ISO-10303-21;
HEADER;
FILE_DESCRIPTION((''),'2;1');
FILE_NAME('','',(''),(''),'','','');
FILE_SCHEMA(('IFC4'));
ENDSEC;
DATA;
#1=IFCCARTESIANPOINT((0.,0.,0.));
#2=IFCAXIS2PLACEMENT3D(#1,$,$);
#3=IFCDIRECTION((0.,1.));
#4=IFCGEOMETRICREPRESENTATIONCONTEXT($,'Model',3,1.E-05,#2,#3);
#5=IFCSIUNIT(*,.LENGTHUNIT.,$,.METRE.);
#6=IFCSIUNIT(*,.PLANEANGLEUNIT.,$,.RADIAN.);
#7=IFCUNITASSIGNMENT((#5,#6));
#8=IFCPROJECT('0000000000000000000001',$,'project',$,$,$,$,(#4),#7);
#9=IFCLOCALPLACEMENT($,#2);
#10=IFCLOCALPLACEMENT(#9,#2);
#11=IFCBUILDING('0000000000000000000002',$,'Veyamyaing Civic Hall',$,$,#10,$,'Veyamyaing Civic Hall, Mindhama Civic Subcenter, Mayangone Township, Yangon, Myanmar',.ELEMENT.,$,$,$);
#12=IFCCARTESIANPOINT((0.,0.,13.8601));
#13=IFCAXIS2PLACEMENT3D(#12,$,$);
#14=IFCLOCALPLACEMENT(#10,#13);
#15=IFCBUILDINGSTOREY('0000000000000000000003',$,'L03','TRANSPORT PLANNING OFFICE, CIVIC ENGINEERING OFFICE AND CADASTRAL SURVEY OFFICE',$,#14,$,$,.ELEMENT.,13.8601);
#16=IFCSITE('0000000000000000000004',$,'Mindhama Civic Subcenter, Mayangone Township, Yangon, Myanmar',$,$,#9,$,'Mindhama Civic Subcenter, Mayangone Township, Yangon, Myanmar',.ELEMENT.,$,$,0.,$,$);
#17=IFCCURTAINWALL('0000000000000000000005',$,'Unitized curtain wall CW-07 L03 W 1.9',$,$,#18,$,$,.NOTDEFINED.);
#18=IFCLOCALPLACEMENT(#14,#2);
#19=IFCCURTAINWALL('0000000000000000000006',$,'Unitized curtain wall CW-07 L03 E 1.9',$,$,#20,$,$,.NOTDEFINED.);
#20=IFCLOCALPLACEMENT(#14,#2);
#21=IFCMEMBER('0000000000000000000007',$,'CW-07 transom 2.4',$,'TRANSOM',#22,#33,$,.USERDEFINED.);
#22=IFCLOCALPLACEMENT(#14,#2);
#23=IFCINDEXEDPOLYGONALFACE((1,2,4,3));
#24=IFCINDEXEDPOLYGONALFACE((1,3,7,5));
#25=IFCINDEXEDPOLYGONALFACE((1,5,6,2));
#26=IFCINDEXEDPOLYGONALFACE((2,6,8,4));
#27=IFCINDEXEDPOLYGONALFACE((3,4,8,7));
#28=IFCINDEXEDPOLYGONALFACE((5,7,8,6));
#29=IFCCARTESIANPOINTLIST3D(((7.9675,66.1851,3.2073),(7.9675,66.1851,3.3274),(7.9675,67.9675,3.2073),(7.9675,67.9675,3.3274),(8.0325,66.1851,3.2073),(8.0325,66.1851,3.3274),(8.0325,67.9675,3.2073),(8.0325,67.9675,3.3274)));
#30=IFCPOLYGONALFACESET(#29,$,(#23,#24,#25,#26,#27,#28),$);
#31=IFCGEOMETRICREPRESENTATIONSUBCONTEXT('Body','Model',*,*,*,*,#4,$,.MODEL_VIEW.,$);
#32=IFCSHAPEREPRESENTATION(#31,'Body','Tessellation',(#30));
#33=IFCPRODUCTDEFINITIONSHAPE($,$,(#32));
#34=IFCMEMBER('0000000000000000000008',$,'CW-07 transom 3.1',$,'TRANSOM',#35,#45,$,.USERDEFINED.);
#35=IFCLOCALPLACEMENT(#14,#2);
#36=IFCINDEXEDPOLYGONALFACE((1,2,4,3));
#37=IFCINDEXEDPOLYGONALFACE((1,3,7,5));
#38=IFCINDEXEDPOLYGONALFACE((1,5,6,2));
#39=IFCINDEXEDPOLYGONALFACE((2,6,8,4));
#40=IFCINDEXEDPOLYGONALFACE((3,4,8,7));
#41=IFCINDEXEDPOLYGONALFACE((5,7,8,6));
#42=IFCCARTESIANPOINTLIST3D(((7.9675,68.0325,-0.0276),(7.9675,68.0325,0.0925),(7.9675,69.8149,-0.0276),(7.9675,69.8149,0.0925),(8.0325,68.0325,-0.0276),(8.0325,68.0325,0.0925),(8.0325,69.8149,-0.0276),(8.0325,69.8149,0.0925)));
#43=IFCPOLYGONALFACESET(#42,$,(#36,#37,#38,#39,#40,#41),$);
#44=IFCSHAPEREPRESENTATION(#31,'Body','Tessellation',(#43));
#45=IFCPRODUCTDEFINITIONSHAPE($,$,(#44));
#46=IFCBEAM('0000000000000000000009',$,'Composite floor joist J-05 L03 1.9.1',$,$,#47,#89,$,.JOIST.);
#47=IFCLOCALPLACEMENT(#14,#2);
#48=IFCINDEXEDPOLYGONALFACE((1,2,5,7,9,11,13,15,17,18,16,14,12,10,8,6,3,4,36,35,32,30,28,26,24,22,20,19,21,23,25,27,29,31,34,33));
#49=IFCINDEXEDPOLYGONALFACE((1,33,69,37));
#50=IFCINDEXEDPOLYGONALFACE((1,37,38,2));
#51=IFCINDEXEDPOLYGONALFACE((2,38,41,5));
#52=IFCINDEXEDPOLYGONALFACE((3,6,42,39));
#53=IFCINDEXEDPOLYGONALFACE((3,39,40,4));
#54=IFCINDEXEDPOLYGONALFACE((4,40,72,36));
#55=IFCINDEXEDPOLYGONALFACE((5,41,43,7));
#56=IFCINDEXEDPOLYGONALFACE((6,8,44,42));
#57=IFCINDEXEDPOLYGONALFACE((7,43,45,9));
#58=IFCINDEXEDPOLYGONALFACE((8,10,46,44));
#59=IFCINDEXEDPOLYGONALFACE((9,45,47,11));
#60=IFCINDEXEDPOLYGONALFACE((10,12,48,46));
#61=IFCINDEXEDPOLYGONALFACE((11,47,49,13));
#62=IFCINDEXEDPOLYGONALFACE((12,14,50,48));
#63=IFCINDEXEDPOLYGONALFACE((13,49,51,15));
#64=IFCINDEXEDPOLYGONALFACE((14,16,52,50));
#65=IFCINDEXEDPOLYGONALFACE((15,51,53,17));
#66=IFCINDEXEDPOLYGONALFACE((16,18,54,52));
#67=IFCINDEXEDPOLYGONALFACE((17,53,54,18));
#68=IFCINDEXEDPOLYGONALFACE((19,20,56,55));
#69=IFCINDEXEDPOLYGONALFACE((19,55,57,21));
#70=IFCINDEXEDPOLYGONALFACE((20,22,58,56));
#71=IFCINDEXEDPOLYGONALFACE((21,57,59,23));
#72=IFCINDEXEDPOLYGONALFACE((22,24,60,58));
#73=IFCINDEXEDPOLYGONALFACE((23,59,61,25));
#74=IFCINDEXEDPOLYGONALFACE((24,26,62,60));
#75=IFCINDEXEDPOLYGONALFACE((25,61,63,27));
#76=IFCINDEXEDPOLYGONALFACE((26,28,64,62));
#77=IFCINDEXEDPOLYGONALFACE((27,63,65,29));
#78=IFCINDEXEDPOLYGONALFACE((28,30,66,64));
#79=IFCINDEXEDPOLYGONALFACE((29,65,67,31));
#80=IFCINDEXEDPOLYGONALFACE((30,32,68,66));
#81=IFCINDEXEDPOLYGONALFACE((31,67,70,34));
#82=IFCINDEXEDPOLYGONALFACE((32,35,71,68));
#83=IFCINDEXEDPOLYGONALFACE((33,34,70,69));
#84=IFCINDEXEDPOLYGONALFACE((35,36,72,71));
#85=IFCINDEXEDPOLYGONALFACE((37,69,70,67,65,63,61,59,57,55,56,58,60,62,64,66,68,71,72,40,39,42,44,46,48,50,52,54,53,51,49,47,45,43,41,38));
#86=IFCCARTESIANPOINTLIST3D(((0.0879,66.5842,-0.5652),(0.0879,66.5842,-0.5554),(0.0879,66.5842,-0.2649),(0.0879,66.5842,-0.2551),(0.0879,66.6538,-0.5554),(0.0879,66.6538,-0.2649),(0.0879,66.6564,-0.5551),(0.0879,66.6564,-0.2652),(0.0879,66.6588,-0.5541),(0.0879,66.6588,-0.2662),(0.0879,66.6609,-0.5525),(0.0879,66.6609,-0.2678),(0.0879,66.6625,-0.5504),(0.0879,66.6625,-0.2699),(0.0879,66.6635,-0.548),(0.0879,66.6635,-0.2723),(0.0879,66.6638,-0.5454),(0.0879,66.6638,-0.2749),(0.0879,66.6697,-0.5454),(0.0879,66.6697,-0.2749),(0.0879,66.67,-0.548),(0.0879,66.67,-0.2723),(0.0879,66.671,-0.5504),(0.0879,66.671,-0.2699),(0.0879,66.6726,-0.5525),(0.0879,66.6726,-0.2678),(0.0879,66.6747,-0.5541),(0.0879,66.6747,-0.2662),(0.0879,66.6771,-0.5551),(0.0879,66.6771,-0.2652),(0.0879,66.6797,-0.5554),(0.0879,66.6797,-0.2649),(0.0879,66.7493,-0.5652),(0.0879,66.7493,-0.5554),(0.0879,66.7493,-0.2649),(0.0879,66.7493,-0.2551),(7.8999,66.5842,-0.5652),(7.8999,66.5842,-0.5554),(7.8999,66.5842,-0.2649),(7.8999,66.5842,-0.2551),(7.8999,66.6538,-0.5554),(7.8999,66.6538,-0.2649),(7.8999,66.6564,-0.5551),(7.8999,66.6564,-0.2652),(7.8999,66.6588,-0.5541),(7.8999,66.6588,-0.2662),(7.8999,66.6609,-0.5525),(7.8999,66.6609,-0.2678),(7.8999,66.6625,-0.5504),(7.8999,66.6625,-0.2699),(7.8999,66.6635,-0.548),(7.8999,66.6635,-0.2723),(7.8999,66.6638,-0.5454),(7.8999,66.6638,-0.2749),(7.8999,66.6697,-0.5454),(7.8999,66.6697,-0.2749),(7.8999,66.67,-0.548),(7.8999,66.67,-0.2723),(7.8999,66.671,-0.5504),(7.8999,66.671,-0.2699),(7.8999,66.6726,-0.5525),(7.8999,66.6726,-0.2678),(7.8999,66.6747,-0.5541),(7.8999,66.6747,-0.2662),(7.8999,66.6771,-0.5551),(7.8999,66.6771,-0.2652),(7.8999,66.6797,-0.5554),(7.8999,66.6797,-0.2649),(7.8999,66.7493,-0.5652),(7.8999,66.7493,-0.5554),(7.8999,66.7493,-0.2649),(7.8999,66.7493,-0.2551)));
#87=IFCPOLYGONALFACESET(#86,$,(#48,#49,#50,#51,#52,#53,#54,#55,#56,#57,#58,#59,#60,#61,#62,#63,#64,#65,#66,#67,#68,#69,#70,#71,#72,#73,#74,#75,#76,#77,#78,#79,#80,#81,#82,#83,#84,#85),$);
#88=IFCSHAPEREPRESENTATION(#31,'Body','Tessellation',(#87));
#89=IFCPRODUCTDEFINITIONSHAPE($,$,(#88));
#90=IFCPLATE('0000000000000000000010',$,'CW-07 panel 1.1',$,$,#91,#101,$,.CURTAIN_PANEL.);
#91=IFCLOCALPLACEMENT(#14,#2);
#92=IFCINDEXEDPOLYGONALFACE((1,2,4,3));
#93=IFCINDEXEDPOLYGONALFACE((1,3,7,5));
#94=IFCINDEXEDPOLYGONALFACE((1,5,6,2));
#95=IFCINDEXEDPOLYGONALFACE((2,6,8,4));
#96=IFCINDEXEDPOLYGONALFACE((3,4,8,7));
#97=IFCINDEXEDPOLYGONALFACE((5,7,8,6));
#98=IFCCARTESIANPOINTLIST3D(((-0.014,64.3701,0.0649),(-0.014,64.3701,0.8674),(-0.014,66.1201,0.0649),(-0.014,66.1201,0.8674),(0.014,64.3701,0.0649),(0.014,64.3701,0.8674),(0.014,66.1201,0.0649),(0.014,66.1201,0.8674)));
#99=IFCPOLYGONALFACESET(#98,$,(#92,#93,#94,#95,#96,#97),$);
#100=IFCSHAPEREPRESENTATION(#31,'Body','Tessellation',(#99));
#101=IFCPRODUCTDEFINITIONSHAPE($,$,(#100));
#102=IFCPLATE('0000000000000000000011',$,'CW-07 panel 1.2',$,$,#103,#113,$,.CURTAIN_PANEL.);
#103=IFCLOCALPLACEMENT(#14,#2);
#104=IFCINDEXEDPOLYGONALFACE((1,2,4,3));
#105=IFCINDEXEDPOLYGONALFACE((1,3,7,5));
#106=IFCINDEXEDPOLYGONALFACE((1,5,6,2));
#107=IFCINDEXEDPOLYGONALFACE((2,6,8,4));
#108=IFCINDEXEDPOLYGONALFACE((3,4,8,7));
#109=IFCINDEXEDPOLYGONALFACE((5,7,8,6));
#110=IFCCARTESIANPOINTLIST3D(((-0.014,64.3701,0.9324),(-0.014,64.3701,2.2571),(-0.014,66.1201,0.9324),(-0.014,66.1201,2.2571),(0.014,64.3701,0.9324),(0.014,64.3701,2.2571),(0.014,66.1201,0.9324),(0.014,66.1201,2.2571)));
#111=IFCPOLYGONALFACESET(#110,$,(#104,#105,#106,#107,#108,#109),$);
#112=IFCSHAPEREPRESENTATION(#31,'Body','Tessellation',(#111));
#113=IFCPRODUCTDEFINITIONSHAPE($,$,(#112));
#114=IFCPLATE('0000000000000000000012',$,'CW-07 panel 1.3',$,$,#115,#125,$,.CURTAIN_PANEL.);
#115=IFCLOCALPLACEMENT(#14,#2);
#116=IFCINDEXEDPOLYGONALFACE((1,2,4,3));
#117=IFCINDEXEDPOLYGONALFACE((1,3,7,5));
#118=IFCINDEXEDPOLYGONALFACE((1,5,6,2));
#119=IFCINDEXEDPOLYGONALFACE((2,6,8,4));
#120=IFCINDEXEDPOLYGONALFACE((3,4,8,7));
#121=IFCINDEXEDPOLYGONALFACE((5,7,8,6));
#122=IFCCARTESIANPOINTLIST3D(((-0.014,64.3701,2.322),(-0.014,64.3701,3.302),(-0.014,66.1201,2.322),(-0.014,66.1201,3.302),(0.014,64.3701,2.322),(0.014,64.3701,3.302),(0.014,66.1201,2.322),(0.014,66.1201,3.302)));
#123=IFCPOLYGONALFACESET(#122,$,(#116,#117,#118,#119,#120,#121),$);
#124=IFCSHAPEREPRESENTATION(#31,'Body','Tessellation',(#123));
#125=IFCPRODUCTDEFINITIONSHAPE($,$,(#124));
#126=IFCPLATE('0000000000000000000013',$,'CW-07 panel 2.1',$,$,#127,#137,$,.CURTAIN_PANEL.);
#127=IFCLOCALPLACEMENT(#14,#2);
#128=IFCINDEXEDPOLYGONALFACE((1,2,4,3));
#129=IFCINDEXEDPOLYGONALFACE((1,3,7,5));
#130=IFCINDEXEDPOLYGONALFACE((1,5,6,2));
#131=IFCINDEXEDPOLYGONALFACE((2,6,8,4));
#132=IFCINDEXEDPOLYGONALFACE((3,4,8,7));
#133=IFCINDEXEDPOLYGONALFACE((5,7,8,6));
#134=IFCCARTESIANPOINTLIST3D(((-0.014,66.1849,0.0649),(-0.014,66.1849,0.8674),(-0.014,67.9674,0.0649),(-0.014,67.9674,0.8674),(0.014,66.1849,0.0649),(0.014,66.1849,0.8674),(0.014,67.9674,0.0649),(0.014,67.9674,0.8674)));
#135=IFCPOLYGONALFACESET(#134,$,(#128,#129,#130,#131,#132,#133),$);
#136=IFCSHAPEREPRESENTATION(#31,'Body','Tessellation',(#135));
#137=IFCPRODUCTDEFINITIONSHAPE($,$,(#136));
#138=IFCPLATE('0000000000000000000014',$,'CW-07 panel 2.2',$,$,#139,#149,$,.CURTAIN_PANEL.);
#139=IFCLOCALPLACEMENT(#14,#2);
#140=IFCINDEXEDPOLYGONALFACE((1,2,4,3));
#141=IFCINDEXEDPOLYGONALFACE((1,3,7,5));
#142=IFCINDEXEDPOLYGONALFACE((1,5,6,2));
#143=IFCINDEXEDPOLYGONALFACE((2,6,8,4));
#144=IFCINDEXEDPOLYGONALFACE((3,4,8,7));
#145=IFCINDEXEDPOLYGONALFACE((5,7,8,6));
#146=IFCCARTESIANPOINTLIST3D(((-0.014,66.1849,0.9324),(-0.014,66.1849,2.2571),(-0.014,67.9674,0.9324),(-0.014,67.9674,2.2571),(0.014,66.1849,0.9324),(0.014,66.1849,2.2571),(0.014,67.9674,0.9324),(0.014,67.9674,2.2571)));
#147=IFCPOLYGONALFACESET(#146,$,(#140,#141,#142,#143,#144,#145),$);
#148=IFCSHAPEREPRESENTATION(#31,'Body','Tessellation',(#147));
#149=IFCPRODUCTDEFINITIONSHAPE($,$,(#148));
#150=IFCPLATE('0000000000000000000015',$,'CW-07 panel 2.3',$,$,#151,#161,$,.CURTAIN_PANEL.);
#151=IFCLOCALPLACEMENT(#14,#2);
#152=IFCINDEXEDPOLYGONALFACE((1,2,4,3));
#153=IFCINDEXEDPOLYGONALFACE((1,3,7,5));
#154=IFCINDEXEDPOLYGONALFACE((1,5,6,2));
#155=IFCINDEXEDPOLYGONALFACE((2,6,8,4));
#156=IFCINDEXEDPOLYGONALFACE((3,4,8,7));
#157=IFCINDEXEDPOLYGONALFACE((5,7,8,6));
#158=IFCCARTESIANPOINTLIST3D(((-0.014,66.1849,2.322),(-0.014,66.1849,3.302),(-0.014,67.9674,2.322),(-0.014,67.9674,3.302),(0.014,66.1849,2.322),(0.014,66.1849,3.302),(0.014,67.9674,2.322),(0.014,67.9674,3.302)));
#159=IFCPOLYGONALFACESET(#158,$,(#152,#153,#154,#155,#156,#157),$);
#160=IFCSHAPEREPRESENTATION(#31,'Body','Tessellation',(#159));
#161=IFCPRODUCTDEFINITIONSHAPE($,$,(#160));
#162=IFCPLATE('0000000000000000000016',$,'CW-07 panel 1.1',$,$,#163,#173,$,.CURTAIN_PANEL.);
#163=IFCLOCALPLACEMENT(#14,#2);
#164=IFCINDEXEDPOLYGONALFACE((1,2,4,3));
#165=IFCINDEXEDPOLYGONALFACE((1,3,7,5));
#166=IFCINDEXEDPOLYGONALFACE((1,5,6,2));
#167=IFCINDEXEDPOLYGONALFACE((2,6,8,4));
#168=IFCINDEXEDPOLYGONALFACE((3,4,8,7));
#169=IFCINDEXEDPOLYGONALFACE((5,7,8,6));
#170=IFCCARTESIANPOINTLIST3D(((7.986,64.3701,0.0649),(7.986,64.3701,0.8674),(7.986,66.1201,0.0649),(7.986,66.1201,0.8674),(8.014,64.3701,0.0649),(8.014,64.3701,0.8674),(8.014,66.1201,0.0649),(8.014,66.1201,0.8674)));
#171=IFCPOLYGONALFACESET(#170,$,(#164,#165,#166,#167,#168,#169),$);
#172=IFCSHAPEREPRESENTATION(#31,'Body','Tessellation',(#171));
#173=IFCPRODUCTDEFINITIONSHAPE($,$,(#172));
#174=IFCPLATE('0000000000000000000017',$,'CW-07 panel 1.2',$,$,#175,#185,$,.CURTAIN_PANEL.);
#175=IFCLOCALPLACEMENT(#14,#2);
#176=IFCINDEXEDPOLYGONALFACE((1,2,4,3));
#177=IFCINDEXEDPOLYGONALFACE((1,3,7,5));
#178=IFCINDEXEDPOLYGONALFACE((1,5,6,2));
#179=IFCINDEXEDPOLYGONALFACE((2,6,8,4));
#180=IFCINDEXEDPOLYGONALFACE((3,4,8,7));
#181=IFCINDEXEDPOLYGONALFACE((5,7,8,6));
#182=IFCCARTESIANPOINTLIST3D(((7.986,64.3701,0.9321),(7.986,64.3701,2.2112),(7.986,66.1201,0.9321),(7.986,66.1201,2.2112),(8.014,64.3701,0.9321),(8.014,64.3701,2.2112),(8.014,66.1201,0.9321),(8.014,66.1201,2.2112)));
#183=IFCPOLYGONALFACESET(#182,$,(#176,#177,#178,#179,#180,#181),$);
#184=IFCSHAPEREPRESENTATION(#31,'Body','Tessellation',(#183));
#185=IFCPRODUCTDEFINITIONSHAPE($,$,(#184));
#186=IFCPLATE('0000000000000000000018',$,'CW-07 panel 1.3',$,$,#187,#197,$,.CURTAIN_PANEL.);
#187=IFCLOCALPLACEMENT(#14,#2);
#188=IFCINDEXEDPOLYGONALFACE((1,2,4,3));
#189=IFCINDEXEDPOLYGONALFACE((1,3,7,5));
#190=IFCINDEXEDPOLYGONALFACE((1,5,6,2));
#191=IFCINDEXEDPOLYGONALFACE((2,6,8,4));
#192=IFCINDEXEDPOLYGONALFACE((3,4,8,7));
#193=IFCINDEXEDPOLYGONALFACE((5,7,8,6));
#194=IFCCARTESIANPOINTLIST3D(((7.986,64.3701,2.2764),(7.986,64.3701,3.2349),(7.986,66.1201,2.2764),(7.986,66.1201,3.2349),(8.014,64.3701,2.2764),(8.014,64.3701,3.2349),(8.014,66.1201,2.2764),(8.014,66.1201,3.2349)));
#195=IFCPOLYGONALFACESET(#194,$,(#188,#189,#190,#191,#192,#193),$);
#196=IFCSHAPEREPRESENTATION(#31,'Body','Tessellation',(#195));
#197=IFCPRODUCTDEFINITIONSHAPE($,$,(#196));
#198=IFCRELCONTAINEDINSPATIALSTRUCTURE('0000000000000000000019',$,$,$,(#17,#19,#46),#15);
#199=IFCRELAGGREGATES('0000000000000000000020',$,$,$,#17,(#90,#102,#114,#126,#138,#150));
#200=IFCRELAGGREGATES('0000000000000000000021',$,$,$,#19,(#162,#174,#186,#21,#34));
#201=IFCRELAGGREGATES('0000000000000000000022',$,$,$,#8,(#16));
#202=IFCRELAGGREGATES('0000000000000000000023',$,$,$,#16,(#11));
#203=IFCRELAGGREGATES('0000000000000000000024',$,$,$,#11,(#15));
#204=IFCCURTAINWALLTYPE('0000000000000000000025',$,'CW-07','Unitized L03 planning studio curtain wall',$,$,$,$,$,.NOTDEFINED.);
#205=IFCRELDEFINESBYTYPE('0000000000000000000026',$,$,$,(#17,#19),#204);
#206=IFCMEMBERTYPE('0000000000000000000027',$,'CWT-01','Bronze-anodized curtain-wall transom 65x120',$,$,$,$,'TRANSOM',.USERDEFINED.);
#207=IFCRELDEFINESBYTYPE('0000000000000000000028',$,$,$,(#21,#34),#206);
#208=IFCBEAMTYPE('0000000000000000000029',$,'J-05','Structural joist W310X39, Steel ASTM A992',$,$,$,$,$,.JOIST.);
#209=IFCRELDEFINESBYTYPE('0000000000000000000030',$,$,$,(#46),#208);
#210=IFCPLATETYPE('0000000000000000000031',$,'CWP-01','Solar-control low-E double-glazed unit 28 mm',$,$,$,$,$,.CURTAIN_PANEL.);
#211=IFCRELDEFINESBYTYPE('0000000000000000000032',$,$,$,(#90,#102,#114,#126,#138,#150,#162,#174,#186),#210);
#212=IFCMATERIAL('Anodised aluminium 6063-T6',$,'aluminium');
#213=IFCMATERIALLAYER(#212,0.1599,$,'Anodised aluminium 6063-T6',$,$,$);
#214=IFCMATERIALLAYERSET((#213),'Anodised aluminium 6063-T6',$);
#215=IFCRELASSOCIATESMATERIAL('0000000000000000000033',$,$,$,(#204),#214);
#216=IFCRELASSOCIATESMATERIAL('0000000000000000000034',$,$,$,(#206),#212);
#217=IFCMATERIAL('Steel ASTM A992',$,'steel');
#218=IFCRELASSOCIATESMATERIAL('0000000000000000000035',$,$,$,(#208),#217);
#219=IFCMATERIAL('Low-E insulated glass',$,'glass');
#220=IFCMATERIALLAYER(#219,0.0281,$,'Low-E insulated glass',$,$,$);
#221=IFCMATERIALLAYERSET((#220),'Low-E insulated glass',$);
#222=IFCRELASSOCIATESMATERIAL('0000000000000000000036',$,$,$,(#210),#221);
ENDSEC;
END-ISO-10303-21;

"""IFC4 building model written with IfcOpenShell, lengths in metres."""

from ifc_helpers import new_model, si_unit, direction, frame, origin, origin_2d, place, context, subcontext, project, spatial, rectangle, i_section, extrude, material, layer, layer_set, material_profile, profile_set, type_object, element, aggregate, save


model = new_model("IFC4")

# Units and contexts
model_context = context("Model", 3, precision=1e-05, world=origin(), true_north=direction((0.0, 1.0)))
body_context = subcontext(model_context, "Body", "Model", "MODEL_VIEW")
ifc_project = project(units=[si_unit("LENGTHUNIT", "METRE"), si_unit("PLANEANGLEUNIT", "RADIAN")], contexts=[model_context])

# Site, building, storey
site_placement = place(None, origin())
site = spatial("IfcSite", under=ifc_project, at=site_placement, Name="Mindhama Civic Subcenter, Mayangone Township, Yangon, Myanmar", LongName="Mindhama Civic Subcenter, Mayangone Township, Yangon, Myanmar", CompositionType="ELEMENT", RefElevation=0.0)
building_placement = place(site_placement, origin())
building = spatial("IfcBuilding", under=site, at=building_placement, Name="Veyamyaing Civic Hall", LongName="Veyamyaing Civic Hall, Mindhama Civic Subcenter, Mayangone Township, Yangon, Myanmar", CompositionType="ELEMENT")
storey_placement = place(building_placement, frame((0.0, 0.0, 13.8601)))
storey = spatial("IfcBuildingStorey", under=building, at=storey_placement, Name="L03", Description="TRANSPORT PLANNING OFFICE, CIVIC ENGINEERING OFFICE AND CADASTRAL SURVEY OFFICE", CompositionType="ELEMENT", Elevation=13.8601)

# Curtain walls
ifc_material_1 = material(Name="Anodised aluminium 6063-T6", Category="aluminium")
ifc_layer_1 = layer(ifc_material_1, 0.1599, Name="Anodised aluminium 6063-T6")
ifc_layer_set_1 = layer_set([ifc_layer_1], Name="Anodised aluminium 6063-T6")
curtain_wall_type = type_object("IfcCurtainWallType", Name="CW-07", Description="Unitized L03 planning studio curtain wall", PredefinedType="NOTDEFINED", material=ifc_layer_set_1)
curtain_wall_1_placement = place(storey_placement, origin())
curtain_wall_1 = element("IfcCurtainWall", 1, at=curtain_wall_1_placement, inside=storey, type_object=curtain_wall_type, Name="Unitized curtain wall CW-07 L03 W 1.9", PredefinedType="NOTDEFINED")
curtain_wall_2_placement = place(storey_placement, origin())
curtain_wall_2 = element("IfcCurtainWall", 2, at=curtain_wall_2_placement, inside=storey, type_object=curtain_wall_type, Name="Unitized curtain wall CW-07 L03 E 1.9", PredefinedType="NOTDEFINED")

# Members
ifc_material_profile_1 = material_profile(ifc_material_1, rectangle(XDim=0.0649, YDim=0.1201, at=origin_2d()), Name="ALU-TRN-65X120")
ifc_profile_set_1 = profile_set([ifc_material_profile_1], Name="Anodised aluminium 6063-T6")
member_type_1 = type_object("IfcMemberType", Name="CWT-01", Description="Bronze-anodized curtain-wall transom 65x120", ElementType="TRANSOM", PredefinedType="USERDEFINED", material=ifc_profile_set_1)
member_1_placement = place(storey_placement, frame((8.0, 66.1851, 3.2673), z_axis=(0.0, 1.0, 0.0), x_axis=(-1.0, 0.0, 0.0)))
member_1 = element("IfcMember", 3, at=member_1_placement, type_object=member_type_1, Name="CW-07 transom 2.4", ObjectType="TRANSOM", PredefinedType="USERDEFINED", context=body_context, shape_type="SweptSolid", body=[
    extrude(rectangle(XDim=0.0649, YDim=0.1201, at=origin_2d()), origin(), (0.0, 0.0, 1.0), 1.7825),
])
member_2_placement = place(storey_placement, frame((8.0, 68.0325, 0.0325), z_axis=(0.0, 1.0, 0.0), x_axis=(-1.0, 0.0, 0.0)))
member_2 = element("IfcMember", 4, at=member_2_placement, type_object=member_type_1, Name="CW-07 transom 3.1", ObjectType="TRANSOM", PredefinedType="USERDEFINED", context=body_context, shape_type="SweptSolid", body=[
    extrude(rectangle(XDim=0.0649, YDim=0.1201, at=origin_2d()), origin(), (0.0, 0.0, 1.0), 1.7825),
])

# Beam
ifc_material_2 = material(Name="Steel ASTM A992", Category="steel")
ifc_material_profile_2 = material_profile(ifc_material_2, i_section(OverallWidth=0.165, OverallDepth=0.3101, WebThickness=0.0059, FlangeThickness=0.0098, FilletRadius=0.01, at=origin_2d()), Name="W310X39")
ifc_profile_set_2 = profile_set([ifc_material_profile_2], Name="Steel ASTM A992")
beam_type = type_object("IfcBeamType", Name="J-05", Description="Structural joist W310X39, Steel ASTM A992", PredefinedType="JOIST", material=ifc_profile_set_2)
beam_placement = place(storey_placement, frame((0.0879, 66.6667, -0.4102), z_axis=(1.0, 0.0, 0.0), x_axis=(0.0, 1.0, 0.0)))
element("IfcBeam", 5, at=beam_placement, inside=storey, type_object=beam_type, Name="Composite floor joist J-05 L03 1.9.1", PredefinedType="JOIST", context=body_context, shape_type="SweptSolid", body=[
    extrude(i_section(OverallWidth=0.165, OverallDepth=0.3101, WebThickness=0.0059, FlangeThickness=0.0098, FilletRadius=0.01, at=origin_2d()), origin(), (0.0, 0.0, 1.0), 7.812),
])

# Plates
ifc_material_3 = material(Name="Low-E insulated glass", Category="glass")
ifc_layer_2 = layer(ifc_material_3, 0.0281, Name="Low-E insulated glass")
ifc_layer_set_2 = layer_set([ifc_layer_2], Name="Low-E insulated glass")
plate_type = type_object("IfcPlateType", Name="CWP-01", Description="Solar-control low-E double-glazed unit 28 mm", PredefinedType="CURTAIN_PANEL", material=ifc_layer_set_2)
plate_1_placement = place(storey_placement, frame((0.0, 65.2451, 0.0649), z_axis=(0.0, 0.0, 1.0), x_axis=(0.0, 1.0, 0.0)))
plate_1 = element("IfcPlate", 6, at=plate_1_placement, type_object=plate_type, Name="CW-07 panel 1.1", PredefinedType="CURTAIN_PANEL", context=body_context, shape_type="SweptSolid", body=[
    extrude(rectangle(XDim=1.75, YDim=0.0281, at=origin_2d()), origin(), (0.0, 0.0, 1.0), 0.8025),
])
plate_2_placement = place(storey_placement, frame((0.0, 65.2451, 0.9324), z_axis=(0.0, 0.0, 1.0), x_axis=(0.0, 1.0, 0.0)))
plate_2 = element("IfcPlate", 7, at=plate_2_placement, type_object=plate_type, Name="CW-07 panel 1.2", PredefinedType="CURTAIN_PANEL", context=body_context, shape_type="SweptSolid", body=[
    extrude(rectangle(XDim=1.75, YDim=0.0281, at=origin_2d()), origin(), (0.0, 0.0, 1.0), 1.3247),
])
plate_3_placement = place(storey_placement, frame((0.0, 65.2451, 2.322), z_axis=(0.0, 0.0, 1.0), x_axis=(0.0, 1.0, 0.0)))
plate_3 = element("IfcPlate", 8, at=plate_3_placement, type_object=plate_type, Name="CW-07 panel 1.3", PredefinedType="CURTAIN_PANEL", context=body_context, shape_type="SweptSolid", body=[
    extrude(rectangle(XDim=1.75, YDim=0.0281, at=origin_2d()), origin(), (0.0, 0.0, 1.0), 0.98),
])
plate_4_placement = place(storey_placement, frame((0.0, 67.0762, 0.0649), z_axis=(0.0, 0.0, 1.0), x_axis=(0.0, 1.0, 0.0)))
plate_4 = element("IfcPlate", 9, at=plate_4_placement, type_object=plate_type, Name="CW-07 panel 2.1", PredefinedType="CURTAIN_PANEL", context=body_context, shape_type="SweptSolid", body=[
    extrude(rectangle(XDim=1.7825, YDim=0.0281, at=origin_2d()), origin(), (0.0, 0.0, 1.0), 0.8025),
])
plate_5_placement = place(storey_placement, frame((0.0, 67.0762, 0.9324), z_axis=(0.0, 0.0, 1.0), x_axis=(0.0, 1.0, 0.0)))
plate_5 = element("IfcPlate", 10, at=plate_5_placement, type_object=plate_type, Name="CW-07 panel 2.2", PredefinedType="CURTAIN_PANEL", context=body_context, shape_type="SweptSolid", body=[
    extrude(rectangle(XDim=1.7825, YDim=0.0281, at=origin_2d()), origin(), (0.0, 0.0, 1.0), 1.3247),
])
plate_6_placement = place(storey_placement, frame((0.0, 67.0762, 2.322), z_axis=(0.0, 0.0, 1.0), x_axis=(0.0, 1.0, 0.0)))
plate_6 = element("IfcPlate", 11, at=plate_6_placement, type_object=plate_type, Name="CW-07 panel 2.3", PredefinedType="CURTAIN_PANEL", context=body_context, shape_type="SweptSolid", body=[
    extrude(rectangle(XDim=1.7825, YDim=0.0281, at=origin_2d()), origin(), (0.0, 0.0, 1.0), 0.98),
])
aggregate(curtain_wall_1, [plate_1, plate_2, plate_3, plate_4, plate_5, plate_6])
plate_7_placement = place(storey_placement, frame((8.0, 65.2451, 0.0649), z_axis=(0.0, 0.0, 1.0), x_axis=(0.0, 1.0, 0.0)))
plate_7 = element("IfcPlate", 12, at=plate_7_placement, type_object=plate_type, Name="CW-07 panel 1.1", PredefinedType="CURTAIN_PANEL", context=body_context, shape_type="SweptSolid", body=[
    extrude(rectangle(XDim=1.75, YDim=0.0281, at=origin_2d()), origin(), (0.0, 0.0, 1.0), 0.8025),
])
plate_8_placement = place(storey_placement, frame((8.0, 65.2451, 0.9321), z_axis=(0.0, 0.0, 1.0), x_axis=(0.0, 1.0, 0.0)))
plate_8 = element("IfcPlate", 13, at=plate_8_placement, type_object=plate_type, Name="CW-07 panel 1.2", PredefinedType="CURTAIN_PANEL", context=body_context, shape_type="SweptSolid", body=[
    extrude(rectangle(XDim=1.75, YDim=0.0281, at=origin_2d()), origin(), (0.0, 0.0, 1.0), 1.2791),
])
plate_9_placement = place(storey_placement, frame((8.0, 65.2451, 2.2764), z_axis=(0.0, 0.0, 1.0), x_axis=(0.0, 1.0, 0.0)))
plate_9 = element("IfcPlate", 14, at=plate_9_placement, type_object=plate_type, Name="CW-07 panel 1.3", PredefinedType="CURTAIN_PANEL", context=body_context, shape_type="SweptSolid", body=[
    extrude(rectangle(XDim=1.75, YDim=0.0281, at=origin_2d()), origin(), (0.0, 0.0, 1.0), 0.9585),
])
aggregate(curtain_wall_2, [plate_7, plate_8, plate_9, member_1, member_2])

save(model, "model.ifc")
